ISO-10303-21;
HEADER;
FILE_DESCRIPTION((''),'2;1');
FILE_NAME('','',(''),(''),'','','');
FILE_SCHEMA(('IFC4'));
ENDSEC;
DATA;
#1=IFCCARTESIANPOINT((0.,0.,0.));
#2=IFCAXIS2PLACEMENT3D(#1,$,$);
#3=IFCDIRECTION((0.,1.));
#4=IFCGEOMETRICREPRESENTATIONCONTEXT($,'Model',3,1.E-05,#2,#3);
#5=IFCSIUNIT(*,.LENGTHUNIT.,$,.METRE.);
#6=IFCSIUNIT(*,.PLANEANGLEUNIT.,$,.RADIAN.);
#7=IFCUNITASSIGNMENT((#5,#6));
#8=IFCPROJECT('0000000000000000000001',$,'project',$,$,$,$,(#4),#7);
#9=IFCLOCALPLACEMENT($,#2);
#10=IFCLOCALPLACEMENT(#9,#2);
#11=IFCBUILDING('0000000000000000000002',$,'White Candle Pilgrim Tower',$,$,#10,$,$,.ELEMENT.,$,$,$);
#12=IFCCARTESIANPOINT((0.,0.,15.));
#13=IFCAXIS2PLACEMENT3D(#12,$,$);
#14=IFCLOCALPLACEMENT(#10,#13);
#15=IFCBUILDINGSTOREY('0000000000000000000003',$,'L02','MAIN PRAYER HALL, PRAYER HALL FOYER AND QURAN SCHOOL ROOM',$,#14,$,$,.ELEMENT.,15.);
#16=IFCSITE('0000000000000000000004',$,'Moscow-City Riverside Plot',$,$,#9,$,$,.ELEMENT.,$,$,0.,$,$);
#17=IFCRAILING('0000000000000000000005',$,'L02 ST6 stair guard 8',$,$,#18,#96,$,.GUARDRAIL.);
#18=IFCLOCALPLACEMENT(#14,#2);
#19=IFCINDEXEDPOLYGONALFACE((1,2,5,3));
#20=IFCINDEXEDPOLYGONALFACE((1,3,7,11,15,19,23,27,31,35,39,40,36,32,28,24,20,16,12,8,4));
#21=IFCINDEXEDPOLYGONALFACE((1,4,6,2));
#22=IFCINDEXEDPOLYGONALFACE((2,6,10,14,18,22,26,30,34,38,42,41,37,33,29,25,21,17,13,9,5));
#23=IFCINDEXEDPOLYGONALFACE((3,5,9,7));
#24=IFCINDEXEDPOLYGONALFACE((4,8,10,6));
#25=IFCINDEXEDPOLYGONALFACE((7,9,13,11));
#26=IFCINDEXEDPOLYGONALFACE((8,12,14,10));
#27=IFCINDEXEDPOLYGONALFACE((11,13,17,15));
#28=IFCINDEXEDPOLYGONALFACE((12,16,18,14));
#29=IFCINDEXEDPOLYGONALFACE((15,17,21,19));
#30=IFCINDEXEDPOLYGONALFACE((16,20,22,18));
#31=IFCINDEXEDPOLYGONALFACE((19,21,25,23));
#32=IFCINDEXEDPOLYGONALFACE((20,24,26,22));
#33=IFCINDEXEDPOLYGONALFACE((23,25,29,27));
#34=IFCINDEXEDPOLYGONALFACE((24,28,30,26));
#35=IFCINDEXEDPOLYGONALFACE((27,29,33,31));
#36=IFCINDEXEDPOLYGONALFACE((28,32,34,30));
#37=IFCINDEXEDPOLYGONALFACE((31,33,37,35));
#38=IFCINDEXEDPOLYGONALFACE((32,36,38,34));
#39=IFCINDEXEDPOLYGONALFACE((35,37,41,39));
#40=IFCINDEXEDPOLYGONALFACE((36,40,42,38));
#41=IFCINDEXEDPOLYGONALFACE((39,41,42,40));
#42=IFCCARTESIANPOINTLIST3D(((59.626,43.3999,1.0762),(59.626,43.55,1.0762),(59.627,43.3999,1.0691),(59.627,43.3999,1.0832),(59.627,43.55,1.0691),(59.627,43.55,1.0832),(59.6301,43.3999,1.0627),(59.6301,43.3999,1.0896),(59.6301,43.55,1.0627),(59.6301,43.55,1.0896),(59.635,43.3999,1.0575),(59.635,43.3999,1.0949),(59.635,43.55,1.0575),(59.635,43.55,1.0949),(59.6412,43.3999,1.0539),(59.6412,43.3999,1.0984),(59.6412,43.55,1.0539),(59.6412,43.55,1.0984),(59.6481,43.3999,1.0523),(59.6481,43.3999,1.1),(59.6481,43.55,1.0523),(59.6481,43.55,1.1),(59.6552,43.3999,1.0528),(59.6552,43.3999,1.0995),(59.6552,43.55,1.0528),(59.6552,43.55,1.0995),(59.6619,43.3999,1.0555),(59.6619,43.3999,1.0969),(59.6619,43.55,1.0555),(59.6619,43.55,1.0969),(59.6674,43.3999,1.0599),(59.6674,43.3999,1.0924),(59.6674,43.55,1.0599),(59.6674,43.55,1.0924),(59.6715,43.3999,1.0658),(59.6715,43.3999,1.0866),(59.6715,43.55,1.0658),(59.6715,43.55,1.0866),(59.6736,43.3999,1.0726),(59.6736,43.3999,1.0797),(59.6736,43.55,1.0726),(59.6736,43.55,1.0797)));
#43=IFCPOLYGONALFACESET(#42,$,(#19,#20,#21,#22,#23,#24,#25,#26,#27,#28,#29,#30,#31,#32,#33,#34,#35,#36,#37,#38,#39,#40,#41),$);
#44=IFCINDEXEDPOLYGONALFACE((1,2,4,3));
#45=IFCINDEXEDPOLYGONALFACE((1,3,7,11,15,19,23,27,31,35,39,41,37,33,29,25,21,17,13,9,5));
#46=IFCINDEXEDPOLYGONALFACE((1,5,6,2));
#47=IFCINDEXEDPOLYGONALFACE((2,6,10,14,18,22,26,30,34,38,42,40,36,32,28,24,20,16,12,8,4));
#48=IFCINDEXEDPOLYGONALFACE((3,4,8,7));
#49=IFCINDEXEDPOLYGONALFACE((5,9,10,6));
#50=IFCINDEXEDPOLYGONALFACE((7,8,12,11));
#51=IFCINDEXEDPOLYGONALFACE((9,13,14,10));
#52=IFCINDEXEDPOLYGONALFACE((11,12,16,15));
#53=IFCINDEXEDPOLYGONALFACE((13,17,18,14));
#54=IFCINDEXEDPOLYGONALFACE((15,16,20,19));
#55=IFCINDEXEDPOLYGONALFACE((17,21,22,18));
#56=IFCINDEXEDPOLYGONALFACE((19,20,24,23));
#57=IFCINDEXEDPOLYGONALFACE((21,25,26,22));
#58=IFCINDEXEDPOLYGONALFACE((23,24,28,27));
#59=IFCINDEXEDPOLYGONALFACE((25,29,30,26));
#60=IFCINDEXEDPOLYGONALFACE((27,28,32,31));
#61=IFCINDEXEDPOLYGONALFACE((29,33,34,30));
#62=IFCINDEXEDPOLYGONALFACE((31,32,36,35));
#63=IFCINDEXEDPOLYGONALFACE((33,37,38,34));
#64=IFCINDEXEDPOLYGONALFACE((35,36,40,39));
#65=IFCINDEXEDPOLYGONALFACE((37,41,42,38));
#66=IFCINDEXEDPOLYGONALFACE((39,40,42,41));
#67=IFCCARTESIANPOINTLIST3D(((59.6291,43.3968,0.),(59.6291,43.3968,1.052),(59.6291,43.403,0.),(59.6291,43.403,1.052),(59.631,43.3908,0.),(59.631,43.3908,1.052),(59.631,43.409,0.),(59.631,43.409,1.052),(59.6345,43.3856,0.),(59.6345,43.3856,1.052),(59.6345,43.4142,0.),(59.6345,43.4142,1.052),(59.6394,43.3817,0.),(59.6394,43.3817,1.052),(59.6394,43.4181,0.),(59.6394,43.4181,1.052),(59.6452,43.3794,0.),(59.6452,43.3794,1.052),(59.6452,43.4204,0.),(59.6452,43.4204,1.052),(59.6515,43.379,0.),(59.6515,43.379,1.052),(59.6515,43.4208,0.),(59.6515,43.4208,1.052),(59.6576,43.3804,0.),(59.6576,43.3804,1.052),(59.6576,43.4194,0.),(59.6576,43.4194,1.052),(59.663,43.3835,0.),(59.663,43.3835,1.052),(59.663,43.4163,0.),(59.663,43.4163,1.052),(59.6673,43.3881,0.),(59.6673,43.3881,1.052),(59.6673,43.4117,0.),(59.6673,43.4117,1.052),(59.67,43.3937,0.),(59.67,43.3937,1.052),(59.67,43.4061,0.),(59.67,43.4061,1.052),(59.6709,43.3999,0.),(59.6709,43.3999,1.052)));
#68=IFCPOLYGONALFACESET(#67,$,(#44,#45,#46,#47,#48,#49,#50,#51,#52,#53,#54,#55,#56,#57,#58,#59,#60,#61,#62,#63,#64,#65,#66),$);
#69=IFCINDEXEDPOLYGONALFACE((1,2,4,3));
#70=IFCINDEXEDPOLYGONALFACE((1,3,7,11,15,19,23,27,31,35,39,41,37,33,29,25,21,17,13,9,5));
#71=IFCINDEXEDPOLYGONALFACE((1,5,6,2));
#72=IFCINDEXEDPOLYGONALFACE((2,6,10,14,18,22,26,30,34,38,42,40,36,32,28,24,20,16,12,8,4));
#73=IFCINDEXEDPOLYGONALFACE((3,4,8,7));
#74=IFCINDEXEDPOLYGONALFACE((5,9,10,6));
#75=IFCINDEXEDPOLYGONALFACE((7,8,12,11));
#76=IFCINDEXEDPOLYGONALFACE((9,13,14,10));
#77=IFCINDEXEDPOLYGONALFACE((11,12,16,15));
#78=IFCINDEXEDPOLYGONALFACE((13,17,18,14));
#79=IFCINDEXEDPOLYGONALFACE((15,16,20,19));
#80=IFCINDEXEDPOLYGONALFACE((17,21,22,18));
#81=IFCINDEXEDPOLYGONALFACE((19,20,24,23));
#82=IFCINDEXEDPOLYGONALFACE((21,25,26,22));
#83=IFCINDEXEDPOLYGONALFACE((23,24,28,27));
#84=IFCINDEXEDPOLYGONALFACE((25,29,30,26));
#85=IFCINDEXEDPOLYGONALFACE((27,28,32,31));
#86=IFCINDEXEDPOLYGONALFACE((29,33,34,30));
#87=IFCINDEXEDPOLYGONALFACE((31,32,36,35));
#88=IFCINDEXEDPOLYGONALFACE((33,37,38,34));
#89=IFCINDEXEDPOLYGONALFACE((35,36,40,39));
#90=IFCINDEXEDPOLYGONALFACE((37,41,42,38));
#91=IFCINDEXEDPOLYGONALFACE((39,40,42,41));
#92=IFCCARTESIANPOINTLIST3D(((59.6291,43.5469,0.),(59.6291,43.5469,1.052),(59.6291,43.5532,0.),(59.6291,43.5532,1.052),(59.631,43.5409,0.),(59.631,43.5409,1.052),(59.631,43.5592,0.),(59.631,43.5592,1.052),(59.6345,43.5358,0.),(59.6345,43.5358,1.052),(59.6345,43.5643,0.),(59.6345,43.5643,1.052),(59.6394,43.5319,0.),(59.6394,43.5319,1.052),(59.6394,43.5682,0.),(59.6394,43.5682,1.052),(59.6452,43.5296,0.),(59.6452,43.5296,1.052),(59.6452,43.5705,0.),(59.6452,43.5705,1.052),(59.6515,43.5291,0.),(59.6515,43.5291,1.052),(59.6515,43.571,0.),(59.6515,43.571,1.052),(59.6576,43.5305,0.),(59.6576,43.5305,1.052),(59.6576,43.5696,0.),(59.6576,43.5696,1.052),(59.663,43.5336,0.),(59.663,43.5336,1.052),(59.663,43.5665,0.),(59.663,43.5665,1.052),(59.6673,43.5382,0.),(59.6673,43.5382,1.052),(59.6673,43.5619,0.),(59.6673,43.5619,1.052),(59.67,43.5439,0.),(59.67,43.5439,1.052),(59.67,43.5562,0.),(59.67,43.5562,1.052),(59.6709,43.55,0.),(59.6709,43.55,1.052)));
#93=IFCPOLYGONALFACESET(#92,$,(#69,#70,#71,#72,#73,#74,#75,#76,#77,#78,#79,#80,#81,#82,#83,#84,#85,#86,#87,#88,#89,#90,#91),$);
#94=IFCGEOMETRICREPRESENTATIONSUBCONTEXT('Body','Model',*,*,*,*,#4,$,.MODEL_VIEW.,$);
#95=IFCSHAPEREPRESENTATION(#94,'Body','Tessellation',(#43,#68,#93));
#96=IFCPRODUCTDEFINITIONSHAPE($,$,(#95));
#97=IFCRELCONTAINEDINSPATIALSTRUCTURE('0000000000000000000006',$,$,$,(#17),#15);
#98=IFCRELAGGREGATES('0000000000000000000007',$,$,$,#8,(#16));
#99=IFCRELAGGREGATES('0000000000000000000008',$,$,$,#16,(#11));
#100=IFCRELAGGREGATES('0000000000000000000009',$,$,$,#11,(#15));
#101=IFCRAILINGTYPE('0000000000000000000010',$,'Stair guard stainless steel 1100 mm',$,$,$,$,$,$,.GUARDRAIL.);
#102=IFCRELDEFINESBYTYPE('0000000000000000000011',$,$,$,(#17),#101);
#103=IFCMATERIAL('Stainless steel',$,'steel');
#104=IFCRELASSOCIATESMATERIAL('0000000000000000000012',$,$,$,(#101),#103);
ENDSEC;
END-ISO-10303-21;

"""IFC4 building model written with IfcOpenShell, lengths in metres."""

from ifc_helpers import new_model, si_unit, direction, frame, origin, origin_2d, place, context, subcontext, project, spatial, circle, extrude, material, type_object, element, save


model = new_model("IFC4")

# Units and contexts
model_context = context("Model", 3, precision=1e-05, world=origin(), true_north=direction((0.0, 1.0)))
body_context = subcontext(model_context, "Body", "Model", "MODEL_VIEW")
ifc_project = project(units=[si_unit("LENGTHUNIT", "METRE"), si_unit("PLANEANGLEUNIT", "RADIAN")], contexts=[model_context])

# Site, building, storey
site_placement = place(None, origin())
site = spatial("IfcSite", under=ifc_project, at=site_placement, Name="Moscow-City Riverside Plot", CompositionType="ELEMENT", RefElevation=0.0)
building_placement = place(site_placement, origin())
building = spatial("IfcBuilding", under=site, at=building_placement, Name="White Candle Pilgrim Tower", CompositionType="ELEMENT")
storey_placement = place(building_placement, frame((0.0, 0.0, 15.0)))
storey = spatial("IfcBuildingStorey", under=building, at=storey_placement, Name="L02", Description="MAIN PRAYER HALL, PRAYER HALL FOYER AND QURAN SCHOOL ROOM", CompositionType="ELEMENT", Elevation=15.0)

# Railing
ifc_material_1 = material(Name="Stainless steel", Category="steel")
railing_type_1 = type_object("IfcRailingType", Name="Stair guard stainless steel 1100 mm", PredefinedType="GUARDRAIL", material=ifc_material_1)
railing_1_placement = place(storey_placement, frame((59.6499, 43.3999, 0.0)))
element("IfcRailing", 1, at=railing_1_placement, inside=storey, type_object=railing_type_1, Name="L02 ST6 stair guard 8", PredefinedType="GUARDRAIL", context=body_context, shape_type="SweptSolid", body=[
    extrude(circle(Radius=0.0239, at=origin_2d()), frame((0.0, 0.0, 1.0762), z_axis=(0.0, 1.0, 0.0), x_axis=(-1.0, 0.0, 0.0)), (0.0, 0.0, 1.0), 0.1501),
    extrude(circle(Radius=0.021, at=origin_2d()), origin(), (0.0, 0.0, 1.0), 1.052),
    extrude(circle(Radius=0.021, at=origin_2d()), frame((0.0, 0.1501, 0.0)), (0.0, 0.0, 1.0), 1.052),
])

save(model, "model.ifc")
